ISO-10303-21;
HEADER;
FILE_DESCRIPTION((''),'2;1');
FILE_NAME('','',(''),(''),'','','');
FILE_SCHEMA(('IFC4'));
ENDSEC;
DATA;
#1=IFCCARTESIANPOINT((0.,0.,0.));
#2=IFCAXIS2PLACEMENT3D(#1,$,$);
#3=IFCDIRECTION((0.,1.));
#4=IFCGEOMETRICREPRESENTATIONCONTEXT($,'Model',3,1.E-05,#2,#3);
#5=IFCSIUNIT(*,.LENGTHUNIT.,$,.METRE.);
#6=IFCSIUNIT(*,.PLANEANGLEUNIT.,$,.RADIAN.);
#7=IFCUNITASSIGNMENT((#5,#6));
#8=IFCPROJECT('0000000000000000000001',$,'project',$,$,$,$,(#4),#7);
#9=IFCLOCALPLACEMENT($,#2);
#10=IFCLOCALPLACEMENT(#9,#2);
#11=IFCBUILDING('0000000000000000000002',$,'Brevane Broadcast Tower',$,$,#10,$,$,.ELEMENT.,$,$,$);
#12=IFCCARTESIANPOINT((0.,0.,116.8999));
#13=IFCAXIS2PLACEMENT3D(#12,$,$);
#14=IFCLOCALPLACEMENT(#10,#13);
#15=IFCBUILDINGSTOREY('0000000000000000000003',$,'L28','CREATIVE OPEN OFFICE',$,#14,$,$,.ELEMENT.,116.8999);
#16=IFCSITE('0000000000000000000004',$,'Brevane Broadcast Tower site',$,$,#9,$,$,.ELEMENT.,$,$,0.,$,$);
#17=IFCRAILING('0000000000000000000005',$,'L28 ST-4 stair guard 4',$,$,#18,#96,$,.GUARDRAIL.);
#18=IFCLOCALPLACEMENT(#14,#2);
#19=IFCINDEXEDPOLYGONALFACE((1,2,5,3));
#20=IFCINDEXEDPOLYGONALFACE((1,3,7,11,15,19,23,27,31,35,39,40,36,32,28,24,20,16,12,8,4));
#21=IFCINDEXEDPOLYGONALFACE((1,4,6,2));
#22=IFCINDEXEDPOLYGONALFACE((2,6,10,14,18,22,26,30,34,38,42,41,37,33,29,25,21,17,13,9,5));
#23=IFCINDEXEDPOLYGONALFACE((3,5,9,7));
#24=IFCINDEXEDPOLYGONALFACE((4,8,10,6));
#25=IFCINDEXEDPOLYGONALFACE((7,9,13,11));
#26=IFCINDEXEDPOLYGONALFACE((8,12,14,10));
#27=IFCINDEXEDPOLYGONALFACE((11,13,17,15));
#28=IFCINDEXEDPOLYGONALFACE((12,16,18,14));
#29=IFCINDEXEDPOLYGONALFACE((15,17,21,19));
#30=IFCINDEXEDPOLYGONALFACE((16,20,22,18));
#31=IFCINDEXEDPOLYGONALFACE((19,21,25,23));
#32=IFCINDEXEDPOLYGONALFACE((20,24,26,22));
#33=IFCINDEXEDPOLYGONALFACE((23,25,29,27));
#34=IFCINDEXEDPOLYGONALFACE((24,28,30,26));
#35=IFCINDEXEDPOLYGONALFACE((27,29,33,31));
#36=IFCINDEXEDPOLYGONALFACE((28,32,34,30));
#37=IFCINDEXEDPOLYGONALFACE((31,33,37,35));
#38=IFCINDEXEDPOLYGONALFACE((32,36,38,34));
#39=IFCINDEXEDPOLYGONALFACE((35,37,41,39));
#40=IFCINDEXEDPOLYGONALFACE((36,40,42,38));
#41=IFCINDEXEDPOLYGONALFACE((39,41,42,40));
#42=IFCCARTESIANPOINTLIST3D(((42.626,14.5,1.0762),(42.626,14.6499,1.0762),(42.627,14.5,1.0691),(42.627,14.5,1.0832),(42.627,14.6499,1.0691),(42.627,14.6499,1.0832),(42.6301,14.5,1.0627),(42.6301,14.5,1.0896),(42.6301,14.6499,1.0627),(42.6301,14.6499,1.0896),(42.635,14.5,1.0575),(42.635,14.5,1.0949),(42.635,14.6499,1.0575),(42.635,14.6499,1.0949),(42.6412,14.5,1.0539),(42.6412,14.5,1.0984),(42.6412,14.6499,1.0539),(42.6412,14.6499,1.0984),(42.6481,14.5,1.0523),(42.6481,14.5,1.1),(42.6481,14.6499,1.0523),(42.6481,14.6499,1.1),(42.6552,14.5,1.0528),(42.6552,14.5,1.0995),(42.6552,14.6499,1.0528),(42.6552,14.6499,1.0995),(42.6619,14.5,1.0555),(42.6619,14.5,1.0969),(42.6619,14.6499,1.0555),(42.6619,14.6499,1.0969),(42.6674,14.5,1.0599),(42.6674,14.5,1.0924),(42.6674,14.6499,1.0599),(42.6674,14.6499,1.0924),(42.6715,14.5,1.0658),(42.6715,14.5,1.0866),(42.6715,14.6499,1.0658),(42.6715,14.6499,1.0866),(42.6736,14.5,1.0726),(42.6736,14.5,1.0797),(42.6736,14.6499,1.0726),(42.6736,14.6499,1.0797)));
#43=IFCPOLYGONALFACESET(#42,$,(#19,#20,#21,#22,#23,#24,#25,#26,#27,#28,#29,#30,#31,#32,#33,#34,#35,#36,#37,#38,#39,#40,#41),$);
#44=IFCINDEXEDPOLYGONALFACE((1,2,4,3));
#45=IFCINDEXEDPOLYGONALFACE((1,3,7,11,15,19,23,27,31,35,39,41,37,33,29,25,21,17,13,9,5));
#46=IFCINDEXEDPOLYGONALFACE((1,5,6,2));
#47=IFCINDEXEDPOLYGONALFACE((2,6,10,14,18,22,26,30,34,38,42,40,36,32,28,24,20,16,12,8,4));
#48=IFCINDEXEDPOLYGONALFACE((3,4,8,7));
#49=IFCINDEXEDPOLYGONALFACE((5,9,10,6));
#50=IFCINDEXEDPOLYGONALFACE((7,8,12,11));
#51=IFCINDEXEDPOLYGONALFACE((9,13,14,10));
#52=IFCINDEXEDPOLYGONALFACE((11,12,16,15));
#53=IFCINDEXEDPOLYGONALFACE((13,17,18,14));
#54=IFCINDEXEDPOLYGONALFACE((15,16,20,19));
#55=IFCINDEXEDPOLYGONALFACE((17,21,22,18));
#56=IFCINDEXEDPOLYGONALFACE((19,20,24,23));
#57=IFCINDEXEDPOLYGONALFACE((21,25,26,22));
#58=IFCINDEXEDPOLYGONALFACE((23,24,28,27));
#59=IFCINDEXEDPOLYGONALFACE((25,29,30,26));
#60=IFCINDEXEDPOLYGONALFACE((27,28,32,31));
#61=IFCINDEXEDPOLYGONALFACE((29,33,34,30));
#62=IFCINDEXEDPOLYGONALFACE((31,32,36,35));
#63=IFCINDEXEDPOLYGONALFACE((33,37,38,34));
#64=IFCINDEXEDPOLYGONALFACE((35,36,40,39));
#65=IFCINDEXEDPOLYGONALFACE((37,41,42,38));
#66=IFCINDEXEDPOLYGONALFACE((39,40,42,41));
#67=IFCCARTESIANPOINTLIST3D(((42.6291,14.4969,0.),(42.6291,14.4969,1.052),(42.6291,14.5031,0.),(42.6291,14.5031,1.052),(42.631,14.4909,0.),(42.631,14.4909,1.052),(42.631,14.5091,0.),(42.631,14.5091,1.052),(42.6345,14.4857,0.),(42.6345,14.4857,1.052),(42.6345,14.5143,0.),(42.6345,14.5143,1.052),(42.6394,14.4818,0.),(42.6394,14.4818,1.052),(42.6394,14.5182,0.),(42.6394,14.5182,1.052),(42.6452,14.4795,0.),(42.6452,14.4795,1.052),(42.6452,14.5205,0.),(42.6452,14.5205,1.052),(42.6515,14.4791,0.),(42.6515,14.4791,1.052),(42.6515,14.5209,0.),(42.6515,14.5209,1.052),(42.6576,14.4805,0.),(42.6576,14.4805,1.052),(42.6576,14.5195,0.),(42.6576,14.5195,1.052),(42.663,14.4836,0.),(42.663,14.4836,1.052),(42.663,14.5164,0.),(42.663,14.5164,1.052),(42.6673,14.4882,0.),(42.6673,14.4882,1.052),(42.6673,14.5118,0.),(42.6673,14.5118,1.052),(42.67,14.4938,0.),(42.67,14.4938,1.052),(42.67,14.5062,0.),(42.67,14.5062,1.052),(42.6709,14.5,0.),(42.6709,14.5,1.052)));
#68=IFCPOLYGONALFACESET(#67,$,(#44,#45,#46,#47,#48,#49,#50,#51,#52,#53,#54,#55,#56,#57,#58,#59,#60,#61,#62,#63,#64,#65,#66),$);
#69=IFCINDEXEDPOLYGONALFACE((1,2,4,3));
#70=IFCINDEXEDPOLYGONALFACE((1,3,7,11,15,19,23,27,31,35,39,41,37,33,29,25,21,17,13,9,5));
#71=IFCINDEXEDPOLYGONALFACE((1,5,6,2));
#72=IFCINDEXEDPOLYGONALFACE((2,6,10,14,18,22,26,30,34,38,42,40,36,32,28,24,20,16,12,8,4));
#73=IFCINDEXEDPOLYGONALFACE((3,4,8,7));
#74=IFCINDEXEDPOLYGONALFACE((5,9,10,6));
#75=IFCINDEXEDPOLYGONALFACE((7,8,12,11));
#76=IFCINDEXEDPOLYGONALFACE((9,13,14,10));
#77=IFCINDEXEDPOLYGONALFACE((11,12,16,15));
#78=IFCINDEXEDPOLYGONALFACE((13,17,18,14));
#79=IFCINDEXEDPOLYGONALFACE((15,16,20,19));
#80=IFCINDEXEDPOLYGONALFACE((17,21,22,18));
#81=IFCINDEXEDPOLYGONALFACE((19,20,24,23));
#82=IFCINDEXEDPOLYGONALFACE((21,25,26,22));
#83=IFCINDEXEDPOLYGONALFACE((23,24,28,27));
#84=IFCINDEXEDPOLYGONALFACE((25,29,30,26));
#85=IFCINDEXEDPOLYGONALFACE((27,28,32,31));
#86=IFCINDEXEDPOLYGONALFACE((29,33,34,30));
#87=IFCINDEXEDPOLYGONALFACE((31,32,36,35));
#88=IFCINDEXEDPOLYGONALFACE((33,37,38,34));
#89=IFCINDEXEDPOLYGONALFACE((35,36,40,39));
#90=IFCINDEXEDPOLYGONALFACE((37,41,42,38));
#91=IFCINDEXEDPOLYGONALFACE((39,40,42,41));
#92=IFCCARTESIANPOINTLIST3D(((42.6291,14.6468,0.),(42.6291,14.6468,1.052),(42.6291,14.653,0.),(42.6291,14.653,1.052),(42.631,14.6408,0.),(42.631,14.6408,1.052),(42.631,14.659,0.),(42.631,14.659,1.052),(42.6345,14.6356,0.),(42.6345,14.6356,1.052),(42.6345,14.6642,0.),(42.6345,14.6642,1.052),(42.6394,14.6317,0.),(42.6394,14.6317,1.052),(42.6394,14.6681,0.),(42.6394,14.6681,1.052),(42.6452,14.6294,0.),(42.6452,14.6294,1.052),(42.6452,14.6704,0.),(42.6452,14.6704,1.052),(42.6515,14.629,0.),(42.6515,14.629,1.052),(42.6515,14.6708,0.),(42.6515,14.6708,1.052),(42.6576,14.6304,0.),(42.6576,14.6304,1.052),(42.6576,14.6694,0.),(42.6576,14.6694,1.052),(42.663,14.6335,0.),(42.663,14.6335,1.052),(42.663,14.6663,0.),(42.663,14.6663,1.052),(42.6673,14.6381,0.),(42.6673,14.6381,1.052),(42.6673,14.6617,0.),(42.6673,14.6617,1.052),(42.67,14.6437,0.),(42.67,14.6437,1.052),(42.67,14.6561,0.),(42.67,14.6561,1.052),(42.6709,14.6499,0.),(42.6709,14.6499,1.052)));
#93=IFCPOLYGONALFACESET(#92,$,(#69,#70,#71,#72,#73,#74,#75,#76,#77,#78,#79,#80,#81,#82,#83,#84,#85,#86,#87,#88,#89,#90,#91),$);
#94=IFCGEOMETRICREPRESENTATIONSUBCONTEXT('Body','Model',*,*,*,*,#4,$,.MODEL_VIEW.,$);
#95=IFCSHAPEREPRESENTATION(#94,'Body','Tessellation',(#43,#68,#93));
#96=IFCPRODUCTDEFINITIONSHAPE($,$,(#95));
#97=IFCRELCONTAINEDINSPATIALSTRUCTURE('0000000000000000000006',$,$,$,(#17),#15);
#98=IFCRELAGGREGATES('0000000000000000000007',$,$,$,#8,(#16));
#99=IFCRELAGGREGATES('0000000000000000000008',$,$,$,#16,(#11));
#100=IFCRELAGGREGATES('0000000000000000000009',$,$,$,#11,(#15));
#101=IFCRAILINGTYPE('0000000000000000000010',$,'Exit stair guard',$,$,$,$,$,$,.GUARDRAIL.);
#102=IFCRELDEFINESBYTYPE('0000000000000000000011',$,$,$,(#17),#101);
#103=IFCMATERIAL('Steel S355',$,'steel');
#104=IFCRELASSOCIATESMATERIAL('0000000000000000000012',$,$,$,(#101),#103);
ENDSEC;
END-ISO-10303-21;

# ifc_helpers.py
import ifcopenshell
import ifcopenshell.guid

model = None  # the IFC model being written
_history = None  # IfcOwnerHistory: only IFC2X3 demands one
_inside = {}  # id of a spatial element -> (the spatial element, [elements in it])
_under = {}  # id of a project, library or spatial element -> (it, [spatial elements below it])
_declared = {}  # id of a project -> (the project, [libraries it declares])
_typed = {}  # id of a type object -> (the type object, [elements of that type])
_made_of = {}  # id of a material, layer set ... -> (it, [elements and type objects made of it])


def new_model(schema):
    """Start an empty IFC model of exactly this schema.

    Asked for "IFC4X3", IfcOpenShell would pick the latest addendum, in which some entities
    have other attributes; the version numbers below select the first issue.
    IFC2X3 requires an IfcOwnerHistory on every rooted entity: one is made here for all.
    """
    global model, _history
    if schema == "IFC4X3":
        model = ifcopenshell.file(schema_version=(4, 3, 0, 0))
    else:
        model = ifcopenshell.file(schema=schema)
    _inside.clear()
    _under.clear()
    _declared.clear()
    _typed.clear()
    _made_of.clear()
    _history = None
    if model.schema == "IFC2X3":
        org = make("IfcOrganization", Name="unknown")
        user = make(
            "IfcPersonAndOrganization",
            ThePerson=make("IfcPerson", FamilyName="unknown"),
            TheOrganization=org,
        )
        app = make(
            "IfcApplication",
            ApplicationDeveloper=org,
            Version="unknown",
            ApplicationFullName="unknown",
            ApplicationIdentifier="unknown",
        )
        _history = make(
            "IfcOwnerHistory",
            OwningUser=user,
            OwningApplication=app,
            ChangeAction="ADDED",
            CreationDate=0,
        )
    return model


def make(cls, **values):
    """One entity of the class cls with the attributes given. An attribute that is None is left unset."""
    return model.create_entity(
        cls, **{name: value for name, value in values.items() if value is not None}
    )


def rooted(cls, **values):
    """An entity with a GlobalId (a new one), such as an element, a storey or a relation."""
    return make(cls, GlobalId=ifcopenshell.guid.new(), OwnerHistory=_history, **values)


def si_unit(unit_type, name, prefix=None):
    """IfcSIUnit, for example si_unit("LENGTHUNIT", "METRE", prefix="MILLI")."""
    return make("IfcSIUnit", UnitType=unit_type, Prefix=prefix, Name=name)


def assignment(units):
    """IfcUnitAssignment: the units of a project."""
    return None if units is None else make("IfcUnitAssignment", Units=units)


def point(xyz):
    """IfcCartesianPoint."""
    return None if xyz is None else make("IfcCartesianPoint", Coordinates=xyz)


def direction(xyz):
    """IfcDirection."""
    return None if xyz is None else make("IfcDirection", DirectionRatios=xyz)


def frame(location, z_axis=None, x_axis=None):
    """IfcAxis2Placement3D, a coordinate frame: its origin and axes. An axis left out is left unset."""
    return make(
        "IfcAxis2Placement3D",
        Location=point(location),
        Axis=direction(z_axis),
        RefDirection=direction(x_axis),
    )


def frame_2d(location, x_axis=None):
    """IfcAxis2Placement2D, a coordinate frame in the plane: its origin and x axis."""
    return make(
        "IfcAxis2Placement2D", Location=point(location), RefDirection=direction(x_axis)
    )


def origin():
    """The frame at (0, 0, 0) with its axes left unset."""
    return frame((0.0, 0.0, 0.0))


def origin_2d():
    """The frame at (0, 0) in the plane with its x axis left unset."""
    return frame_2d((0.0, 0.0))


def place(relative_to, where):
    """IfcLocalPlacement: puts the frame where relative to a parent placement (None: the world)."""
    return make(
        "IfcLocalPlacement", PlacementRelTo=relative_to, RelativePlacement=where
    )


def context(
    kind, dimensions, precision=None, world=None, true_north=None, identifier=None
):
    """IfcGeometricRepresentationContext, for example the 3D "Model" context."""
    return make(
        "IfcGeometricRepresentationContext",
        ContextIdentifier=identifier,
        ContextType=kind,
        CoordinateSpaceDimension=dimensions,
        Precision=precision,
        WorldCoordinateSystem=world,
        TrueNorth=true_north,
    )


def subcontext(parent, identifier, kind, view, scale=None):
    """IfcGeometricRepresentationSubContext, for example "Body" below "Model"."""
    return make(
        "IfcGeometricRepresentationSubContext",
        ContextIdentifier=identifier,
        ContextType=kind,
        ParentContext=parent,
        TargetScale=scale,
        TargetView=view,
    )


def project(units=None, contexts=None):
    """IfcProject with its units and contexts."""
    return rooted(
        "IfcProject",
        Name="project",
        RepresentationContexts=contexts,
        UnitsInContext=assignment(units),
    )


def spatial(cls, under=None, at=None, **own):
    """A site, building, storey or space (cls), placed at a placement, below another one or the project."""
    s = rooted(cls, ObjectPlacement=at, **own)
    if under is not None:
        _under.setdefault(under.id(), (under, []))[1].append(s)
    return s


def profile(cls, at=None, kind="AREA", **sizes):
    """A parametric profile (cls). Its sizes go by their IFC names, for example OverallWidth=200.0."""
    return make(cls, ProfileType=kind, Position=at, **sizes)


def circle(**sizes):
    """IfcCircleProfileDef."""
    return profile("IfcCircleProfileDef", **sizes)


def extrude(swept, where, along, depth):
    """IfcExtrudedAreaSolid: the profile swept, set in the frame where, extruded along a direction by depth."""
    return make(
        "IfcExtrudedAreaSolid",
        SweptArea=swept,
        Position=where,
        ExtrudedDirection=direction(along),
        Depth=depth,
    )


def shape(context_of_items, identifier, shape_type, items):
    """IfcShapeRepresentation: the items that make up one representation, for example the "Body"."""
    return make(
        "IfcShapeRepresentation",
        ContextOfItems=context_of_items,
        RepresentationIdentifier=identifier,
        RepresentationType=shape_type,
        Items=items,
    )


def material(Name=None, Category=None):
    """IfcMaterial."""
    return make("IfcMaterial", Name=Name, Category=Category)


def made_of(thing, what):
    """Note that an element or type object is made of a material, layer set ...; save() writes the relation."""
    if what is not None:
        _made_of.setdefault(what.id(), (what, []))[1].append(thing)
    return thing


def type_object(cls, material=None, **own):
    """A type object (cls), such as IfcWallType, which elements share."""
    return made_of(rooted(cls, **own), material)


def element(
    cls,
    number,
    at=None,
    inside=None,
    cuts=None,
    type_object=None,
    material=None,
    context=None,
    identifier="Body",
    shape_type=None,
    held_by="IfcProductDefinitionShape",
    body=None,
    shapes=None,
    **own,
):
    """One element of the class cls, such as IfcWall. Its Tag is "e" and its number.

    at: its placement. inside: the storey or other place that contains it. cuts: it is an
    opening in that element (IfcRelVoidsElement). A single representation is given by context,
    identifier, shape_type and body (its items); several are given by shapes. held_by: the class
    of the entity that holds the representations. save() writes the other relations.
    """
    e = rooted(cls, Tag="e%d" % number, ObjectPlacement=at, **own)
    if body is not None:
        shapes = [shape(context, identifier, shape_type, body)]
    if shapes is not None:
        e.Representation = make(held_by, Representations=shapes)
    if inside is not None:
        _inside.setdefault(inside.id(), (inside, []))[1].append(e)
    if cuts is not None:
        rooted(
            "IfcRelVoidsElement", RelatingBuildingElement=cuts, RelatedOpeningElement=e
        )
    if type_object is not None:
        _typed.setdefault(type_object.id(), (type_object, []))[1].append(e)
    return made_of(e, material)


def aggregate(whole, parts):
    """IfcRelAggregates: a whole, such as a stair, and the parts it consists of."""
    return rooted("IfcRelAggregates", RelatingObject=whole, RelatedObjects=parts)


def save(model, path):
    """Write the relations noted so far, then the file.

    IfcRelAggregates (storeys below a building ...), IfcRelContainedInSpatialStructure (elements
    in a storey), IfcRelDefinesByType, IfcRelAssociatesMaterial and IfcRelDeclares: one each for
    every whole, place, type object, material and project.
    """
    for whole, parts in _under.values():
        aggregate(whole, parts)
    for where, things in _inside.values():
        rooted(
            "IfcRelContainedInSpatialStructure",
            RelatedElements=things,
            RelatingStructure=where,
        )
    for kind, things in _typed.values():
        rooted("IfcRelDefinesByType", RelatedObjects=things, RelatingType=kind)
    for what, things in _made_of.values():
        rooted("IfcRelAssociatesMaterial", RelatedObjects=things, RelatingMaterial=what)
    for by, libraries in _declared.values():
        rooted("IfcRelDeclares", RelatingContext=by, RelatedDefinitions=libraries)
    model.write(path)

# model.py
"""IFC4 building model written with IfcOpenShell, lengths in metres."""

from ifc_helpers import new_model, si_unit, direction, frame, origin, origin_2d, place, context, subcontext, project, spatial, circle, extrude, material, type_object, element, save


model = new_model("IFC4")

# Units and contexts
model_context = context("Model", 3, precision=1e-05, world=origin(), true_north=direction((0.0, 1.0)))
body_context = subcontext(model_context, "Body", "Model", "MODEL_VIEW")
ifc_project = project(units=[si_unit("LENGTHUNIT", "METRE"), si_unit("PLANEANGLEUNIT", "RADIAN")], contexts=[model_context])

# Site, building, storey
site_placement = place(None, origin())
site = spatial("IfcSite", under=ifc_project, at=site_placement, Name="Brevane Broadcast Tower site", CompositionType="ELEMENT", RefElevation=0.0)
building_placement = place(site_placement, origin())
building = spatial("IfcBuilding", under=site, at=building_placement, Name="Brevane Broadcast Tower", CompositionType="ELEMENT")
storey_placement = place(building_placement, frame((0.0, 0.0, 116.8999)))
storey = spatial("IfcBuildingStorey", under=building, at=storey_placement, Name="L28", Description="CREATIVE OPEN OFFICE", CompositionType="ELEMENT", Elevation=116.8999)

# Railing
ifc_material_1 = material(Name="Steel S355", Category="steel")
railing_type_1 = type_object("IfcRailingType", Name="Exit stair guard", PredefinedType="GUARDRAIL", material=ifc_material_1)
railing_1_placement = place(storey_placement, frame((42.6499, 14.5, 0.0)))
element("IfcRailing", 1, at=railing_1_placement, inside=storey, type_object=railing_type_1, Name="L28 ST-4 stair guard 4", PredefinedType="GUARDRAIL", context=body_context, shape_type="SweptSolid", body=[
    extrude(circle(Radius=0.0239, at=origin_2d()), frame((0.0, 0.0, 1.0762), z_axis=(0.0, 1.0, 0.0), x_axis=(-1.0, 0.0, 0.0)), (0.0, 0.0, 1.0), 0.1499),
    extrude(circle(Radius=0.021, at=origin_2d()), origin(), (0.0, 0.0, 1.0), 1.052),
    extrude(circle(Radius=0.021, at=origin_2d()), frame((0.0, 0.1499, 0.0)), (0.0, 0.0, 1.0), 1.052),
])

save(model, "model.ifc")
